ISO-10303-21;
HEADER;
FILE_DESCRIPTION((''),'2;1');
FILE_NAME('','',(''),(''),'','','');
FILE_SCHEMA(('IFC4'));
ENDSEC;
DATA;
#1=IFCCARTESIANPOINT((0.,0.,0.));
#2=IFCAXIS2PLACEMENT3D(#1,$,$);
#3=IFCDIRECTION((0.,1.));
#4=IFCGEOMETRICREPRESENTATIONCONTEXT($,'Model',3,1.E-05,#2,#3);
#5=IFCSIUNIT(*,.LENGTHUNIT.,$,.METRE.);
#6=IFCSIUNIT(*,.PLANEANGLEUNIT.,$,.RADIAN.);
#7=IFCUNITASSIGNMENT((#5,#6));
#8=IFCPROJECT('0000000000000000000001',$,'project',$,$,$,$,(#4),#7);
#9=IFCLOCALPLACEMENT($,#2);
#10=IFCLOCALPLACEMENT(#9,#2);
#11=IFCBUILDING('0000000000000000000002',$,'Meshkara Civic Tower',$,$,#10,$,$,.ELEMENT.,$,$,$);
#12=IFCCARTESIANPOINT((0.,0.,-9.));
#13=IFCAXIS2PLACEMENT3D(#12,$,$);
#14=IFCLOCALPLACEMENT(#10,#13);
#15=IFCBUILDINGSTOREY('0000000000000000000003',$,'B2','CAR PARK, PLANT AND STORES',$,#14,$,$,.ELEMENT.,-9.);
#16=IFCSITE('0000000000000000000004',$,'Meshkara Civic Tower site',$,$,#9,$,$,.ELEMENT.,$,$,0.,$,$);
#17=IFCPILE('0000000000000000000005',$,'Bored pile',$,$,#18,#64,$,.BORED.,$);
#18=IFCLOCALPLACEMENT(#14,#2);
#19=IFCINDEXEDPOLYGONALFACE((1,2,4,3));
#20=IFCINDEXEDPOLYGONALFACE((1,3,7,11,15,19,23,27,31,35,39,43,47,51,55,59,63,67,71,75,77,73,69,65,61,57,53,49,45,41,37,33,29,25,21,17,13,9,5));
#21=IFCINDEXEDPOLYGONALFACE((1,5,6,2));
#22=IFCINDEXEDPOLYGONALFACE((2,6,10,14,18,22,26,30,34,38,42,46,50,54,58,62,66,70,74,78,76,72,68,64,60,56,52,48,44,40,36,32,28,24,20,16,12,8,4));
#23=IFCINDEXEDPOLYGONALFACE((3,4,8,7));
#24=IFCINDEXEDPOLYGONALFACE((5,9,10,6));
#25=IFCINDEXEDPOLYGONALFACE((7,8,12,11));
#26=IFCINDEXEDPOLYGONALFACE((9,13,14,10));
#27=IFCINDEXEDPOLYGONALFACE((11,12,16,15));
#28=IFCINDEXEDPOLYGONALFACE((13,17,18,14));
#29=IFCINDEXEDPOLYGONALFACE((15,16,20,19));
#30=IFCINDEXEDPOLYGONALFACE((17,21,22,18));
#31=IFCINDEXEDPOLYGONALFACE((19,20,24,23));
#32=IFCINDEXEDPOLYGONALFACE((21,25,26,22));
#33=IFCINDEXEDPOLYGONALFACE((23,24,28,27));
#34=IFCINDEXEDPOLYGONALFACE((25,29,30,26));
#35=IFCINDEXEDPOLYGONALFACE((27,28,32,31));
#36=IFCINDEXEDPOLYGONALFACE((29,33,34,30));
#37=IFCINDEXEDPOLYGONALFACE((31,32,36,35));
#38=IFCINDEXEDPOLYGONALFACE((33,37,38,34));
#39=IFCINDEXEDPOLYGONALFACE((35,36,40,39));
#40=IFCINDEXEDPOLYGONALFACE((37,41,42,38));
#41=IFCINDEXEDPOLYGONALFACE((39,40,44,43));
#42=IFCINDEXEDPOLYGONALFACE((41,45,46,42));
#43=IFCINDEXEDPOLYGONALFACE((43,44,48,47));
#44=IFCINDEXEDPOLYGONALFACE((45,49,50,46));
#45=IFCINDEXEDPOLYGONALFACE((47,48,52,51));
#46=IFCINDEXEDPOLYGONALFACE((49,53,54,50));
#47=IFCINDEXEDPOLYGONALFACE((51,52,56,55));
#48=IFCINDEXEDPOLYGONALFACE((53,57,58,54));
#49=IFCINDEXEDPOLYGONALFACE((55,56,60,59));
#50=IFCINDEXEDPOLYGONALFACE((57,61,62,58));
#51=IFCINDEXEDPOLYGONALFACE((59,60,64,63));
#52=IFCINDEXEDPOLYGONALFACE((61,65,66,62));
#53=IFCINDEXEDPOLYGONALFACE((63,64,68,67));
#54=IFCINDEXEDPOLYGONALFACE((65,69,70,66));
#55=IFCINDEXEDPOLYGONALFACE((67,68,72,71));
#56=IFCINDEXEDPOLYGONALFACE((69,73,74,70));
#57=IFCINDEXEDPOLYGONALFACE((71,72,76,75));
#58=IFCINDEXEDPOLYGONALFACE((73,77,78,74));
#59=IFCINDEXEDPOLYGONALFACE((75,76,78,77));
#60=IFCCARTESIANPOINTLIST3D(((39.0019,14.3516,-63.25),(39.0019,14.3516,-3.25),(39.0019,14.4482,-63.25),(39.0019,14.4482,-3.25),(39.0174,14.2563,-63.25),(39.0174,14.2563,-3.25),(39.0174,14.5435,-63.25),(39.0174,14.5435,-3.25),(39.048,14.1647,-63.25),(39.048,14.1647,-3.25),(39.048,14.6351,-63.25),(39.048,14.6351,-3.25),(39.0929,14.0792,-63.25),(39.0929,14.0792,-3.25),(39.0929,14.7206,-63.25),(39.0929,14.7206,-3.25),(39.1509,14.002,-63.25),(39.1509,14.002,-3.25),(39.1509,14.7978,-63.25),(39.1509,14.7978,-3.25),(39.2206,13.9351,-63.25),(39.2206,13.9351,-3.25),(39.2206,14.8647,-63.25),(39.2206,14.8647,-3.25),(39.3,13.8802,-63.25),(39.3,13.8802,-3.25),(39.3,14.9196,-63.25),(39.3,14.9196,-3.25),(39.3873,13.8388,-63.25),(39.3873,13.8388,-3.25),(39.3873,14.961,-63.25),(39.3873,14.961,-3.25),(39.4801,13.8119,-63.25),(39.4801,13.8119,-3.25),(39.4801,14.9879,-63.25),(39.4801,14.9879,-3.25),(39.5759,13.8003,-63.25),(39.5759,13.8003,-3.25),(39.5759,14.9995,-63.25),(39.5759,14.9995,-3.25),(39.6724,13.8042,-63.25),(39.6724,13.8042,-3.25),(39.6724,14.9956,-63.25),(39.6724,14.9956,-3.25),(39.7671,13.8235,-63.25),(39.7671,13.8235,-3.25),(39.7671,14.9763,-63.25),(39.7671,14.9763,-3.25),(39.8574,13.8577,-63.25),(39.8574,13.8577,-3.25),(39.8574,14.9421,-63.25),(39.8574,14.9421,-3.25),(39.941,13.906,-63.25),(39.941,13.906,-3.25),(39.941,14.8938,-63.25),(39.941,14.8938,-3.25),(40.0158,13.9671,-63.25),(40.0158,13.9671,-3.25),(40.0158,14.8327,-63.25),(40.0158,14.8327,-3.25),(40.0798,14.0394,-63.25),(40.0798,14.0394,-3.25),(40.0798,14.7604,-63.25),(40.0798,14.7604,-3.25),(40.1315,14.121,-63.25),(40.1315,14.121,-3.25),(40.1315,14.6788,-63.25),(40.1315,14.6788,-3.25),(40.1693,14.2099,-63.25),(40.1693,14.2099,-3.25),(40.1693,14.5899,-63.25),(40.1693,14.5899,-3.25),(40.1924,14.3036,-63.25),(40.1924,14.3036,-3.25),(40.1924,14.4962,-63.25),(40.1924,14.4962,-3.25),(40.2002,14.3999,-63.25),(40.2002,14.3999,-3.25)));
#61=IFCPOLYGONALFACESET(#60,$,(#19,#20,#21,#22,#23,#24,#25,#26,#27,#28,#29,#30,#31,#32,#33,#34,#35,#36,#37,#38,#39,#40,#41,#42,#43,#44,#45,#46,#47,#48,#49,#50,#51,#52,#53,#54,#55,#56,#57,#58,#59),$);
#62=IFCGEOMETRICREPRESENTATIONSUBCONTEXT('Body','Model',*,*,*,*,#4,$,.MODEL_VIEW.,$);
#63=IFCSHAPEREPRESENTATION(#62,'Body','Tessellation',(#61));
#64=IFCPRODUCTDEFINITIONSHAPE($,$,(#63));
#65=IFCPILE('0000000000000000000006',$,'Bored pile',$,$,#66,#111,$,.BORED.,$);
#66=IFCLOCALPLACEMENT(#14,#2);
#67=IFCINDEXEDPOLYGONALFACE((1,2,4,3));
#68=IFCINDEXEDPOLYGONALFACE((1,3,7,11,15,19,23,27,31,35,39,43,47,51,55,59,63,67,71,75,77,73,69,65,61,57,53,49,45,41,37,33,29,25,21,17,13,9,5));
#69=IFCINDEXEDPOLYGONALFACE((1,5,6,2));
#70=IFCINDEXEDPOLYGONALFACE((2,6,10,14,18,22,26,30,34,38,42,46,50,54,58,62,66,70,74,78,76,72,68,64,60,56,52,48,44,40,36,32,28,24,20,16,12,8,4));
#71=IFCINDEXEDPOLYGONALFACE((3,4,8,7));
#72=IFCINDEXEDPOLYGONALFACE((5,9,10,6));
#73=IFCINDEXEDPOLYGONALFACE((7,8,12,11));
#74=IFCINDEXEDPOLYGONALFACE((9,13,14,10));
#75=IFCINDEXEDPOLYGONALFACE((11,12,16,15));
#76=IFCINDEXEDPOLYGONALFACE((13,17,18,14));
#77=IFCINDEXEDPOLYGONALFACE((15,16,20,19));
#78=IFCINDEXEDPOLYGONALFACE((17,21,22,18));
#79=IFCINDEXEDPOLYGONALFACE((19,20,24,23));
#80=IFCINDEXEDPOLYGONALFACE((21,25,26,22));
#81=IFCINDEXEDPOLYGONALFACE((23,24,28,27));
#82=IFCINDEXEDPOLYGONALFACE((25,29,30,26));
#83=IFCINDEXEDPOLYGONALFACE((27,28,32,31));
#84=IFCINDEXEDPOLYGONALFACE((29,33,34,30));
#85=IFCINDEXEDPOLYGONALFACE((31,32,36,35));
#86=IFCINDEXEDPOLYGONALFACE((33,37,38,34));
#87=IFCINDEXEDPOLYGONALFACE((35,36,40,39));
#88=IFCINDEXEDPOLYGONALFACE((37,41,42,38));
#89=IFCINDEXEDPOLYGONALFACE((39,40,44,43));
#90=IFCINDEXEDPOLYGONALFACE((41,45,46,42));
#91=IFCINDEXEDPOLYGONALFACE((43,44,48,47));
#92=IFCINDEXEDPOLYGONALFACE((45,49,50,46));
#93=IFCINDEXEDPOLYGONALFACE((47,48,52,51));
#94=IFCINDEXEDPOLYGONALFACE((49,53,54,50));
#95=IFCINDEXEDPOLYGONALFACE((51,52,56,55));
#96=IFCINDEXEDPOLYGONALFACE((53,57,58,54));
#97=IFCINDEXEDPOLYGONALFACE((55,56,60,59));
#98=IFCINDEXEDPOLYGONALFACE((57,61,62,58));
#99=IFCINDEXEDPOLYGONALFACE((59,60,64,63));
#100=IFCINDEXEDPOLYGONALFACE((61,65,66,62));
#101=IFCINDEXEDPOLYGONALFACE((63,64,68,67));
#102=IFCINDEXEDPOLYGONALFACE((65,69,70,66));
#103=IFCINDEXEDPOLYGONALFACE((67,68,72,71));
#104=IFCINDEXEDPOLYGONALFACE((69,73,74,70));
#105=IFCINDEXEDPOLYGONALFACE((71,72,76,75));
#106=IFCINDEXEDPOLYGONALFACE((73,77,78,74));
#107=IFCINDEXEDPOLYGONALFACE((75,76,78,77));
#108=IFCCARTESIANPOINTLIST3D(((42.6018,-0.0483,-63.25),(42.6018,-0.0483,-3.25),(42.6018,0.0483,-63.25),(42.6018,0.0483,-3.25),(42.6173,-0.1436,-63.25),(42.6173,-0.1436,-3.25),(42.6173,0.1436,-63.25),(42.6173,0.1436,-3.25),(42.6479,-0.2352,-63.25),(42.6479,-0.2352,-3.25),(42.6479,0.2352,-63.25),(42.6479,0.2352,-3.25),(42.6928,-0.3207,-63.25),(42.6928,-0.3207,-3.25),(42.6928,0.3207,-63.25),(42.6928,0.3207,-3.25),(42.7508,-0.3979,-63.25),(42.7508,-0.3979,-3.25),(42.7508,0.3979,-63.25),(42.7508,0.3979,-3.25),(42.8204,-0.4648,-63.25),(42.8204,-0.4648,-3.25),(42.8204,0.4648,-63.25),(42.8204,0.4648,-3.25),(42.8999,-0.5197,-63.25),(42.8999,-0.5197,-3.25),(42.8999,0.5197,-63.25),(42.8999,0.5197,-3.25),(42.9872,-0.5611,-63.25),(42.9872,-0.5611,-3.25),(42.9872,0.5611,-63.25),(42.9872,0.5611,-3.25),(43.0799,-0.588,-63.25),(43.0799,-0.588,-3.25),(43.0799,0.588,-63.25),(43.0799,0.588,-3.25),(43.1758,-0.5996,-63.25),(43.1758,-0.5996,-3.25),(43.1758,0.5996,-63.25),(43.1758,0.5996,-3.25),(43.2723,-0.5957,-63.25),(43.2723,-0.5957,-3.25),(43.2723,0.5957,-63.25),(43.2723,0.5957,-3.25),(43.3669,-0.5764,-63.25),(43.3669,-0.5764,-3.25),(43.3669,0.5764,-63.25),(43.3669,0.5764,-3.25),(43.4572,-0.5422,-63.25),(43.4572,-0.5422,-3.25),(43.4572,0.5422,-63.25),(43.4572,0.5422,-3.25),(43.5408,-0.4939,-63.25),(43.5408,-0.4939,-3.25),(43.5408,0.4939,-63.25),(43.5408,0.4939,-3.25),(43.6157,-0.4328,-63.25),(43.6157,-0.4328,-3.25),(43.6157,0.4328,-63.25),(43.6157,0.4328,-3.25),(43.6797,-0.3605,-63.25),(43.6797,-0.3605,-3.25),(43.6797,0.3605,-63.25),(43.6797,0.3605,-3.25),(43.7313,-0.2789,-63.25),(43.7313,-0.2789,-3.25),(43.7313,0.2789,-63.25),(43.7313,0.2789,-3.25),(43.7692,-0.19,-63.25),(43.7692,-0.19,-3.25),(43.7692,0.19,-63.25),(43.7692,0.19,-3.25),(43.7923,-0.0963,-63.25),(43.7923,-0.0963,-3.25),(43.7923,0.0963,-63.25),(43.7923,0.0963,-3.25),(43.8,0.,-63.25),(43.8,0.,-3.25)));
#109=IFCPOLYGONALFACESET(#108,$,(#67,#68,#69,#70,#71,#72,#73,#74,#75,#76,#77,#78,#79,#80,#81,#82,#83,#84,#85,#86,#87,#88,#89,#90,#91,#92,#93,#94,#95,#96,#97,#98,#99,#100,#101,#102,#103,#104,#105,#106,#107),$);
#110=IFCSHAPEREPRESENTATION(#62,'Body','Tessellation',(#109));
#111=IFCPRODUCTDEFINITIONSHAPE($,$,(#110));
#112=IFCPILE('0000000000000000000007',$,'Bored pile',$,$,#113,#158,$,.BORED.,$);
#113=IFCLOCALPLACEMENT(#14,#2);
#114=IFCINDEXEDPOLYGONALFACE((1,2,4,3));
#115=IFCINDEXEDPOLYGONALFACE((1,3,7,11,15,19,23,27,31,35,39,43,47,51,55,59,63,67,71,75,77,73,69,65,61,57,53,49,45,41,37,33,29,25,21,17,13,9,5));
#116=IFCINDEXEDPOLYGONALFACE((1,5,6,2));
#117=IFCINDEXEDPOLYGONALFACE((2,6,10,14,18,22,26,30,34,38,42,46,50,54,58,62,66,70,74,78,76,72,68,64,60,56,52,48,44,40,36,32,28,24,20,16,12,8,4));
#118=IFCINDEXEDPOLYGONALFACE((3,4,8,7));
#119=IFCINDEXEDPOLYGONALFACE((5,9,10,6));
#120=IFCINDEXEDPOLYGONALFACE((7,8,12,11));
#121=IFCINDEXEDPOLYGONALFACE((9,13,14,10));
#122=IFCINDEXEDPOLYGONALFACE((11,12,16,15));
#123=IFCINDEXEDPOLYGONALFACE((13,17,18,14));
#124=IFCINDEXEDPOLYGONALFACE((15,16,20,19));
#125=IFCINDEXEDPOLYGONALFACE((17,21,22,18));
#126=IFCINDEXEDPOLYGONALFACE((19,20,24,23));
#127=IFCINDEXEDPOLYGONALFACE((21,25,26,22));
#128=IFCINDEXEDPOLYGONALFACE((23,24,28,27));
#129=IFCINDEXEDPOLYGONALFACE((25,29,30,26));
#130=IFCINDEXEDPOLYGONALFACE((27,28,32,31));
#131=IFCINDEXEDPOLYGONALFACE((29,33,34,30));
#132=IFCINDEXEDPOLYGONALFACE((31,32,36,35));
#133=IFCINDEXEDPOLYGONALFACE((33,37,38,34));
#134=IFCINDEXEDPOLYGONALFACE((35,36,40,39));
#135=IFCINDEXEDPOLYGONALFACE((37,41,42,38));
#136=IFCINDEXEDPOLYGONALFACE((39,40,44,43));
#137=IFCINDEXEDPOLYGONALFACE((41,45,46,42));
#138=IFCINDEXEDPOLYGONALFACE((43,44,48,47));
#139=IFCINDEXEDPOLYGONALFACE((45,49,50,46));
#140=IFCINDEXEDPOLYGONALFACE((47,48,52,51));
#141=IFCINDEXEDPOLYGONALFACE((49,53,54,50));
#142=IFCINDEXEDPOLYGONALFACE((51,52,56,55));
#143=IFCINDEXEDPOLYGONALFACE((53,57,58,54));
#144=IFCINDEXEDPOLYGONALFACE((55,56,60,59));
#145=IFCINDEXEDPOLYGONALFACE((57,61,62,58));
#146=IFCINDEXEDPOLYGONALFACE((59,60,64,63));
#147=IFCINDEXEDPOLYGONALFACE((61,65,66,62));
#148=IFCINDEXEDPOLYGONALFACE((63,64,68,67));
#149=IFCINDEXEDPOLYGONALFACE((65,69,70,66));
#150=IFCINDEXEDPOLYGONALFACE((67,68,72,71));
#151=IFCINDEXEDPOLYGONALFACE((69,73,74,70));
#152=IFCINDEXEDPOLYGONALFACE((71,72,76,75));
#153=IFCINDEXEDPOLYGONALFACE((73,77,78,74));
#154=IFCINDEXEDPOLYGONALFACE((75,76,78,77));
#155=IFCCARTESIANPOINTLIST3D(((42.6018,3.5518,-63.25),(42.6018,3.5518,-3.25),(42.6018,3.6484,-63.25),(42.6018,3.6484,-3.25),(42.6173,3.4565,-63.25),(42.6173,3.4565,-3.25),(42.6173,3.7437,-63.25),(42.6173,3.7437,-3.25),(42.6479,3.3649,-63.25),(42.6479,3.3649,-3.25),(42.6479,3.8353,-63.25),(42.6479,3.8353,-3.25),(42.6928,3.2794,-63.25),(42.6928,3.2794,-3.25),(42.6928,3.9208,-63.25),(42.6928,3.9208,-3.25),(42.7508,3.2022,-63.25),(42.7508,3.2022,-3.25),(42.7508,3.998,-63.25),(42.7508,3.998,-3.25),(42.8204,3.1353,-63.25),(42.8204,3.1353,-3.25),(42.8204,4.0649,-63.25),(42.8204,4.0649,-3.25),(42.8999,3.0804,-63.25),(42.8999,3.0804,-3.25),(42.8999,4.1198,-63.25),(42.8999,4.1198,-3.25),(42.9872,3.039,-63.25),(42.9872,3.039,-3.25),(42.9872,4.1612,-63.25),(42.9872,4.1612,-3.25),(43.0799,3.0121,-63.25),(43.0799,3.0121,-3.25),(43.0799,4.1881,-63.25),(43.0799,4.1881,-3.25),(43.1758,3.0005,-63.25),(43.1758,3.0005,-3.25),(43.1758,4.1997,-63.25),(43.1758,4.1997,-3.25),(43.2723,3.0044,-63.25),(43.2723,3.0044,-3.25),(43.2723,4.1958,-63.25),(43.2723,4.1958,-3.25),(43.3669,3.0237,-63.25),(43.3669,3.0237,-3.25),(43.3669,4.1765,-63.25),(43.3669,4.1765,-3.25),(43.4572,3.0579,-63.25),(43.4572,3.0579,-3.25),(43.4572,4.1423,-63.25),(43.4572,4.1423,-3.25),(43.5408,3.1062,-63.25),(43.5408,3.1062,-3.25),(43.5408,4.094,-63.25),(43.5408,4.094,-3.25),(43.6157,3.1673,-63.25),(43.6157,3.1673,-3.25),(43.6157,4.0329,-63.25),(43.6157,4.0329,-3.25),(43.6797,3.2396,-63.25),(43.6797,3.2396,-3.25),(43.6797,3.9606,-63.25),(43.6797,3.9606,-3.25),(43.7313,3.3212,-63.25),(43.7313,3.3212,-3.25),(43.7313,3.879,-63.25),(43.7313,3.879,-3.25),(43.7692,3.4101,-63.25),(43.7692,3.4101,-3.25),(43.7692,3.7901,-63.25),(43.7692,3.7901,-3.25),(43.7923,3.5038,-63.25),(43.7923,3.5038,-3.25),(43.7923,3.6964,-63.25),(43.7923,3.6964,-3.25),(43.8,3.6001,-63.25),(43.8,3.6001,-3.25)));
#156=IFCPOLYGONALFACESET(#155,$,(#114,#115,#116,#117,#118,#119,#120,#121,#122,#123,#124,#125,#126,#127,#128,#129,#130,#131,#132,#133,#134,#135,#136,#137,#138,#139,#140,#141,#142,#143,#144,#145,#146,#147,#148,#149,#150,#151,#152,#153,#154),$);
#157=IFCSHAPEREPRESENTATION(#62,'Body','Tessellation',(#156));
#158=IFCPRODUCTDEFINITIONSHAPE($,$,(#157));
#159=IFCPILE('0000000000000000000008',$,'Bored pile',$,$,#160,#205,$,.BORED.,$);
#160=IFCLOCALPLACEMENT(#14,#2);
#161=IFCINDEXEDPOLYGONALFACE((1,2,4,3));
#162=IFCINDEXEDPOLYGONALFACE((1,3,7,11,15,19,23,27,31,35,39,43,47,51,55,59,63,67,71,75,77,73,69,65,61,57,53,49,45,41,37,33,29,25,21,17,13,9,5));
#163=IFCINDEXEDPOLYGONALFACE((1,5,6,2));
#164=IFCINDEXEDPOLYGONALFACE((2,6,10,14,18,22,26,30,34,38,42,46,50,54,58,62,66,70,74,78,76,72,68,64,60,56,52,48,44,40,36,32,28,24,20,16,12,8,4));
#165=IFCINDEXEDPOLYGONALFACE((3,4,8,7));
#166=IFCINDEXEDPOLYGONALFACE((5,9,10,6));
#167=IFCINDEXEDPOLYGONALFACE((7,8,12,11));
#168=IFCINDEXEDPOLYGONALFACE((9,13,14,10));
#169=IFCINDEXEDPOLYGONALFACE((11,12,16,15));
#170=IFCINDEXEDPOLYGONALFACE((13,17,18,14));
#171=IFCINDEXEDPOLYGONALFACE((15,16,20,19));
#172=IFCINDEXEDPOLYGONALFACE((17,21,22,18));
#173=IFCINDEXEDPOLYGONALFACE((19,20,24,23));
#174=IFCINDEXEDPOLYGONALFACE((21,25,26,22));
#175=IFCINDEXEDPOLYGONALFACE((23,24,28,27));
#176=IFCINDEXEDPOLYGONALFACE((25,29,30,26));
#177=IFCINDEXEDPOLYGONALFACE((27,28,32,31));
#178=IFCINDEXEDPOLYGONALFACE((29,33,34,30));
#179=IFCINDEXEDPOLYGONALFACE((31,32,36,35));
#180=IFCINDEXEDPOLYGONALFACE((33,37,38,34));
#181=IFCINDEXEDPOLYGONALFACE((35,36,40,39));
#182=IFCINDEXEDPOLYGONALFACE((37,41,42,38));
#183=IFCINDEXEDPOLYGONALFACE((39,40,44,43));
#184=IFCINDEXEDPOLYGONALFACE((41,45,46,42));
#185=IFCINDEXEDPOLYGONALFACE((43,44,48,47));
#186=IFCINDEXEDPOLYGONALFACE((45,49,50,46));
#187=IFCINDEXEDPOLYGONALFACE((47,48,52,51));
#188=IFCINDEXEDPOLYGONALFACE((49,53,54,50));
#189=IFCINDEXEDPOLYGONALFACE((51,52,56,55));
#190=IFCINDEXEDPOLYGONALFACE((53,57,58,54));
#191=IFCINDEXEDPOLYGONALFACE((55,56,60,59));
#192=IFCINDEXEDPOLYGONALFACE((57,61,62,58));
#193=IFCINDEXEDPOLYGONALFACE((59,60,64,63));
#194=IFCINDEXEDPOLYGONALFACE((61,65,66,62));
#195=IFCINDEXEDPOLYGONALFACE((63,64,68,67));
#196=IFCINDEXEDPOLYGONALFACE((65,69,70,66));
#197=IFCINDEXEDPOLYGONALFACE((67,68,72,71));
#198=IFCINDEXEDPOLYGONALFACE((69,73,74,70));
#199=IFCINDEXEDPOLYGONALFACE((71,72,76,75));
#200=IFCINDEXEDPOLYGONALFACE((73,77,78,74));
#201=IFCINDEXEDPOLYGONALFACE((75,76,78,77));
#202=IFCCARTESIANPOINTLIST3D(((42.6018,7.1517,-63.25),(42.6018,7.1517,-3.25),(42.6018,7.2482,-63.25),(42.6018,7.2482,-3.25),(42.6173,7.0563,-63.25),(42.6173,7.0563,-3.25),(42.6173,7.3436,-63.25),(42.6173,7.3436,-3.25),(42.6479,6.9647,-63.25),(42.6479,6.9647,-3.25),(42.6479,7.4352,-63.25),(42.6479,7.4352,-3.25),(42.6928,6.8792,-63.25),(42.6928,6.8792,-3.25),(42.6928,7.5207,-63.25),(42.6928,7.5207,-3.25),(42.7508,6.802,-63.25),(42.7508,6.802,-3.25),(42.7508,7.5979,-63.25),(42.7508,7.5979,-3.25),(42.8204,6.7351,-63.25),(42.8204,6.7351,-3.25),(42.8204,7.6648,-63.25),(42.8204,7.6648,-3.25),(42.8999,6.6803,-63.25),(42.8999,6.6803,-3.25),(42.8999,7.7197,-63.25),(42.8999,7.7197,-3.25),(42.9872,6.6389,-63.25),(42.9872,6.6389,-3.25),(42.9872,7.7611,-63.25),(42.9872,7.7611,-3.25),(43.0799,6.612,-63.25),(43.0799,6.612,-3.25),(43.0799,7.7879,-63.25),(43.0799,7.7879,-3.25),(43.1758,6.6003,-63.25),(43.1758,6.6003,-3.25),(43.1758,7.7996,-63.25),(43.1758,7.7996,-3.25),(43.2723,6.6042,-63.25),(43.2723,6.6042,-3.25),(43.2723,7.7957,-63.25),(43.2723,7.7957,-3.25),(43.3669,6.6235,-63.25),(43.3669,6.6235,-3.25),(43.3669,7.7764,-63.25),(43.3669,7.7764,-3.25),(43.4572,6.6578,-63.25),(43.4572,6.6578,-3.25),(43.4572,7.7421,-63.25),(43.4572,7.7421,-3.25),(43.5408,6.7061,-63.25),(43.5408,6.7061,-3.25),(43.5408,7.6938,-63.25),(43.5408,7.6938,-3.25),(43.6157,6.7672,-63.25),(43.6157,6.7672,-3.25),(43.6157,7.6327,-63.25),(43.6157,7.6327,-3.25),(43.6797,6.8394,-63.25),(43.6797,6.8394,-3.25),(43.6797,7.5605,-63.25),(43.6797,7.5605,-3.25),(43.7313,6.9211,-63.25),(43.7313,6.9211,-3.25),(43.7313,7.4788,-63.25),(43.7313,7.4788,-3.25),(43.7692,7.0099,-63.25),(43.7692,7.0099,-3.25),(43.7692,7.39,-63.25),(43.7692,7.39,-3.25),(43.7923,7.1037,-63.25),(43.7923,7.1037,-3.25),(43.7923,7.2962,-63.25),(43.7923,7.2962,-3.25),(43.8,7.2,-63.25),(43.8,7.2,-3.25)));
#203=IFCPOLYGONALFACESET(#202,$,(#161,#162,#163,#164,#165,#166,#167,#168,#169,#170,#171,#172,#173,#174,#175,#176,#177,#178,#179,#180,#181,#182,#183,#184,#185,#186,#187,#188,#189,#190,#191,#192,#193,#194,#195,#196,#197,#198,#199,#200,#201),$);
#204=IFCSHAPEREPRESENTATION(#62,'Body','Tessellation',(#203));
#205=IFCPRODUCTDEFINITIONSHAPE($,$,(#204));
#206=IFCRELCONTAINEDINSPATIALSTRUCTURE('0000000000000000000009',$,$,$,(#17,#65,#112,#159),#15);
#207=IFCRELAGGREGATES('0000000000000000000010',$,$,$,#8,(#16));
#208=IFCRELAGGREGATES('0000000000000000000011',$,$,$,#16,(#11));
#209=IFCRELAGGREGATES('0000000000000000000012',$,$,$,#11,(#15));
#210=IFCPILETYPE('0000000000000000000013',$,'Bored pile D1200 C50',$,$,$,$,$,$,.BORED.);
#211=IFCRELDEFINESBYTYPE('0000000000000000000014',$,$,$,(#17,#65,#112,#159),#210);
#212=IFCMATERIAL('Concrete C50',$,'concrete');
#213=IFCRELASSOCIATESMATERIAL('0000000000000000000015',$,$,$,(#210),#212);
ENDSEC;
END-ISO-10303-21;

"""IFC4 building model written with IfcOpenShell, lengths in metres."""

from ifc_helpers import new_model, si_unit, direction, frame, origin, origin_2d, place, context, subcontext, project, spatial, circle, extrude, material, material_profile, profile_set, type_object, element, save


model = new_model("IFC4")

# Units and contexts
model_context = context("Model", 3, precision=1e-05, world=origin(), true_north=direction((0.0, 1.0)))
body_context = subcontext(model_context, "Body", "Model", "MODEL_VIEW")
ifc_project = project(units=[si_unit("LENGTHUNIT", "METRE"), si_unit("PLANEANGLEUNIT", "RADIAN")], contexts=[model_context])

# Site, building, storey
site_placement = place(None, origin())
site = spatial("IfcSite", under=ifc_project, at=site_placement, Name="Meshkara Civic Tower site", CompositionType="ELEMENT", RefElevation=0.0)
building_placement = place(site_placement, origin())
building = spatial("IfcBuilding", under=site, at=building_placement, Name="Meshkara Civic Tower", CompositionType="ELEMENT")
storey_placement = place(building_placement, frame((0.0, 0.0, -9.0)))
storey = spatial("IfcBuildingStorey", under=building, at=storey_placement, Name="B2", Description="CAR PARK, PLANT AND STORES", CompositionType="ELEMENT", Elevation=-9.0)

# Piles
ifc_material_1 = material(Name="Concrete C50", Category="concrete")
ifc_material_profile_1 = material_profile(ifc_material_1, circle(Radius=0.6001, at=origin_2d()))
ifc_profile_set_1 = profile_set([ifc_material_profile_1], Name="Concrete C50")
pile_type = type_object("IfcPileType", Name="Bored pile D1200 C50", PredefinedType="BORED", material=ifc_profile_set_1)
for number, where, z_axis, x_axis, name in (
    (1, (39.6001, 14.3999, -3.25), (0.0, 0.0, -1.0), (1.0, 0.0, 0.0), "Bored pile"),
    (2, (43.2, 0.0, -3.25), (0.0, 0.0, -1.0), (1.0, 0.0, 0.0), "Bored pile"),
    (3, (43.2, 3.6001, -3.25), (0.0, 0.0, -1.0), (1.0, 0.0, 0.0), "Bored pile"),
    (4, (43.2, 7.2, -3.25), (0.0, 0.0, -1.0), (1.0, 0.0, 0.0), "Bored pile"),
):
    element("IfcPile", number, at=place(storey_placement, frame(where, z_axis=z_axis, x_axis=x_axis)), inside=storey, type_object=pile_type, Name=name, PredefinedType="BORED", context=body_context, shape_type="SweptSolid", body=[
        extrude(circle(Radius=0.6001, at=origin_2d()), origin(), (0.0, 0.0, 1.0), 60.0),
    ])

save(model, "model.ifc")
